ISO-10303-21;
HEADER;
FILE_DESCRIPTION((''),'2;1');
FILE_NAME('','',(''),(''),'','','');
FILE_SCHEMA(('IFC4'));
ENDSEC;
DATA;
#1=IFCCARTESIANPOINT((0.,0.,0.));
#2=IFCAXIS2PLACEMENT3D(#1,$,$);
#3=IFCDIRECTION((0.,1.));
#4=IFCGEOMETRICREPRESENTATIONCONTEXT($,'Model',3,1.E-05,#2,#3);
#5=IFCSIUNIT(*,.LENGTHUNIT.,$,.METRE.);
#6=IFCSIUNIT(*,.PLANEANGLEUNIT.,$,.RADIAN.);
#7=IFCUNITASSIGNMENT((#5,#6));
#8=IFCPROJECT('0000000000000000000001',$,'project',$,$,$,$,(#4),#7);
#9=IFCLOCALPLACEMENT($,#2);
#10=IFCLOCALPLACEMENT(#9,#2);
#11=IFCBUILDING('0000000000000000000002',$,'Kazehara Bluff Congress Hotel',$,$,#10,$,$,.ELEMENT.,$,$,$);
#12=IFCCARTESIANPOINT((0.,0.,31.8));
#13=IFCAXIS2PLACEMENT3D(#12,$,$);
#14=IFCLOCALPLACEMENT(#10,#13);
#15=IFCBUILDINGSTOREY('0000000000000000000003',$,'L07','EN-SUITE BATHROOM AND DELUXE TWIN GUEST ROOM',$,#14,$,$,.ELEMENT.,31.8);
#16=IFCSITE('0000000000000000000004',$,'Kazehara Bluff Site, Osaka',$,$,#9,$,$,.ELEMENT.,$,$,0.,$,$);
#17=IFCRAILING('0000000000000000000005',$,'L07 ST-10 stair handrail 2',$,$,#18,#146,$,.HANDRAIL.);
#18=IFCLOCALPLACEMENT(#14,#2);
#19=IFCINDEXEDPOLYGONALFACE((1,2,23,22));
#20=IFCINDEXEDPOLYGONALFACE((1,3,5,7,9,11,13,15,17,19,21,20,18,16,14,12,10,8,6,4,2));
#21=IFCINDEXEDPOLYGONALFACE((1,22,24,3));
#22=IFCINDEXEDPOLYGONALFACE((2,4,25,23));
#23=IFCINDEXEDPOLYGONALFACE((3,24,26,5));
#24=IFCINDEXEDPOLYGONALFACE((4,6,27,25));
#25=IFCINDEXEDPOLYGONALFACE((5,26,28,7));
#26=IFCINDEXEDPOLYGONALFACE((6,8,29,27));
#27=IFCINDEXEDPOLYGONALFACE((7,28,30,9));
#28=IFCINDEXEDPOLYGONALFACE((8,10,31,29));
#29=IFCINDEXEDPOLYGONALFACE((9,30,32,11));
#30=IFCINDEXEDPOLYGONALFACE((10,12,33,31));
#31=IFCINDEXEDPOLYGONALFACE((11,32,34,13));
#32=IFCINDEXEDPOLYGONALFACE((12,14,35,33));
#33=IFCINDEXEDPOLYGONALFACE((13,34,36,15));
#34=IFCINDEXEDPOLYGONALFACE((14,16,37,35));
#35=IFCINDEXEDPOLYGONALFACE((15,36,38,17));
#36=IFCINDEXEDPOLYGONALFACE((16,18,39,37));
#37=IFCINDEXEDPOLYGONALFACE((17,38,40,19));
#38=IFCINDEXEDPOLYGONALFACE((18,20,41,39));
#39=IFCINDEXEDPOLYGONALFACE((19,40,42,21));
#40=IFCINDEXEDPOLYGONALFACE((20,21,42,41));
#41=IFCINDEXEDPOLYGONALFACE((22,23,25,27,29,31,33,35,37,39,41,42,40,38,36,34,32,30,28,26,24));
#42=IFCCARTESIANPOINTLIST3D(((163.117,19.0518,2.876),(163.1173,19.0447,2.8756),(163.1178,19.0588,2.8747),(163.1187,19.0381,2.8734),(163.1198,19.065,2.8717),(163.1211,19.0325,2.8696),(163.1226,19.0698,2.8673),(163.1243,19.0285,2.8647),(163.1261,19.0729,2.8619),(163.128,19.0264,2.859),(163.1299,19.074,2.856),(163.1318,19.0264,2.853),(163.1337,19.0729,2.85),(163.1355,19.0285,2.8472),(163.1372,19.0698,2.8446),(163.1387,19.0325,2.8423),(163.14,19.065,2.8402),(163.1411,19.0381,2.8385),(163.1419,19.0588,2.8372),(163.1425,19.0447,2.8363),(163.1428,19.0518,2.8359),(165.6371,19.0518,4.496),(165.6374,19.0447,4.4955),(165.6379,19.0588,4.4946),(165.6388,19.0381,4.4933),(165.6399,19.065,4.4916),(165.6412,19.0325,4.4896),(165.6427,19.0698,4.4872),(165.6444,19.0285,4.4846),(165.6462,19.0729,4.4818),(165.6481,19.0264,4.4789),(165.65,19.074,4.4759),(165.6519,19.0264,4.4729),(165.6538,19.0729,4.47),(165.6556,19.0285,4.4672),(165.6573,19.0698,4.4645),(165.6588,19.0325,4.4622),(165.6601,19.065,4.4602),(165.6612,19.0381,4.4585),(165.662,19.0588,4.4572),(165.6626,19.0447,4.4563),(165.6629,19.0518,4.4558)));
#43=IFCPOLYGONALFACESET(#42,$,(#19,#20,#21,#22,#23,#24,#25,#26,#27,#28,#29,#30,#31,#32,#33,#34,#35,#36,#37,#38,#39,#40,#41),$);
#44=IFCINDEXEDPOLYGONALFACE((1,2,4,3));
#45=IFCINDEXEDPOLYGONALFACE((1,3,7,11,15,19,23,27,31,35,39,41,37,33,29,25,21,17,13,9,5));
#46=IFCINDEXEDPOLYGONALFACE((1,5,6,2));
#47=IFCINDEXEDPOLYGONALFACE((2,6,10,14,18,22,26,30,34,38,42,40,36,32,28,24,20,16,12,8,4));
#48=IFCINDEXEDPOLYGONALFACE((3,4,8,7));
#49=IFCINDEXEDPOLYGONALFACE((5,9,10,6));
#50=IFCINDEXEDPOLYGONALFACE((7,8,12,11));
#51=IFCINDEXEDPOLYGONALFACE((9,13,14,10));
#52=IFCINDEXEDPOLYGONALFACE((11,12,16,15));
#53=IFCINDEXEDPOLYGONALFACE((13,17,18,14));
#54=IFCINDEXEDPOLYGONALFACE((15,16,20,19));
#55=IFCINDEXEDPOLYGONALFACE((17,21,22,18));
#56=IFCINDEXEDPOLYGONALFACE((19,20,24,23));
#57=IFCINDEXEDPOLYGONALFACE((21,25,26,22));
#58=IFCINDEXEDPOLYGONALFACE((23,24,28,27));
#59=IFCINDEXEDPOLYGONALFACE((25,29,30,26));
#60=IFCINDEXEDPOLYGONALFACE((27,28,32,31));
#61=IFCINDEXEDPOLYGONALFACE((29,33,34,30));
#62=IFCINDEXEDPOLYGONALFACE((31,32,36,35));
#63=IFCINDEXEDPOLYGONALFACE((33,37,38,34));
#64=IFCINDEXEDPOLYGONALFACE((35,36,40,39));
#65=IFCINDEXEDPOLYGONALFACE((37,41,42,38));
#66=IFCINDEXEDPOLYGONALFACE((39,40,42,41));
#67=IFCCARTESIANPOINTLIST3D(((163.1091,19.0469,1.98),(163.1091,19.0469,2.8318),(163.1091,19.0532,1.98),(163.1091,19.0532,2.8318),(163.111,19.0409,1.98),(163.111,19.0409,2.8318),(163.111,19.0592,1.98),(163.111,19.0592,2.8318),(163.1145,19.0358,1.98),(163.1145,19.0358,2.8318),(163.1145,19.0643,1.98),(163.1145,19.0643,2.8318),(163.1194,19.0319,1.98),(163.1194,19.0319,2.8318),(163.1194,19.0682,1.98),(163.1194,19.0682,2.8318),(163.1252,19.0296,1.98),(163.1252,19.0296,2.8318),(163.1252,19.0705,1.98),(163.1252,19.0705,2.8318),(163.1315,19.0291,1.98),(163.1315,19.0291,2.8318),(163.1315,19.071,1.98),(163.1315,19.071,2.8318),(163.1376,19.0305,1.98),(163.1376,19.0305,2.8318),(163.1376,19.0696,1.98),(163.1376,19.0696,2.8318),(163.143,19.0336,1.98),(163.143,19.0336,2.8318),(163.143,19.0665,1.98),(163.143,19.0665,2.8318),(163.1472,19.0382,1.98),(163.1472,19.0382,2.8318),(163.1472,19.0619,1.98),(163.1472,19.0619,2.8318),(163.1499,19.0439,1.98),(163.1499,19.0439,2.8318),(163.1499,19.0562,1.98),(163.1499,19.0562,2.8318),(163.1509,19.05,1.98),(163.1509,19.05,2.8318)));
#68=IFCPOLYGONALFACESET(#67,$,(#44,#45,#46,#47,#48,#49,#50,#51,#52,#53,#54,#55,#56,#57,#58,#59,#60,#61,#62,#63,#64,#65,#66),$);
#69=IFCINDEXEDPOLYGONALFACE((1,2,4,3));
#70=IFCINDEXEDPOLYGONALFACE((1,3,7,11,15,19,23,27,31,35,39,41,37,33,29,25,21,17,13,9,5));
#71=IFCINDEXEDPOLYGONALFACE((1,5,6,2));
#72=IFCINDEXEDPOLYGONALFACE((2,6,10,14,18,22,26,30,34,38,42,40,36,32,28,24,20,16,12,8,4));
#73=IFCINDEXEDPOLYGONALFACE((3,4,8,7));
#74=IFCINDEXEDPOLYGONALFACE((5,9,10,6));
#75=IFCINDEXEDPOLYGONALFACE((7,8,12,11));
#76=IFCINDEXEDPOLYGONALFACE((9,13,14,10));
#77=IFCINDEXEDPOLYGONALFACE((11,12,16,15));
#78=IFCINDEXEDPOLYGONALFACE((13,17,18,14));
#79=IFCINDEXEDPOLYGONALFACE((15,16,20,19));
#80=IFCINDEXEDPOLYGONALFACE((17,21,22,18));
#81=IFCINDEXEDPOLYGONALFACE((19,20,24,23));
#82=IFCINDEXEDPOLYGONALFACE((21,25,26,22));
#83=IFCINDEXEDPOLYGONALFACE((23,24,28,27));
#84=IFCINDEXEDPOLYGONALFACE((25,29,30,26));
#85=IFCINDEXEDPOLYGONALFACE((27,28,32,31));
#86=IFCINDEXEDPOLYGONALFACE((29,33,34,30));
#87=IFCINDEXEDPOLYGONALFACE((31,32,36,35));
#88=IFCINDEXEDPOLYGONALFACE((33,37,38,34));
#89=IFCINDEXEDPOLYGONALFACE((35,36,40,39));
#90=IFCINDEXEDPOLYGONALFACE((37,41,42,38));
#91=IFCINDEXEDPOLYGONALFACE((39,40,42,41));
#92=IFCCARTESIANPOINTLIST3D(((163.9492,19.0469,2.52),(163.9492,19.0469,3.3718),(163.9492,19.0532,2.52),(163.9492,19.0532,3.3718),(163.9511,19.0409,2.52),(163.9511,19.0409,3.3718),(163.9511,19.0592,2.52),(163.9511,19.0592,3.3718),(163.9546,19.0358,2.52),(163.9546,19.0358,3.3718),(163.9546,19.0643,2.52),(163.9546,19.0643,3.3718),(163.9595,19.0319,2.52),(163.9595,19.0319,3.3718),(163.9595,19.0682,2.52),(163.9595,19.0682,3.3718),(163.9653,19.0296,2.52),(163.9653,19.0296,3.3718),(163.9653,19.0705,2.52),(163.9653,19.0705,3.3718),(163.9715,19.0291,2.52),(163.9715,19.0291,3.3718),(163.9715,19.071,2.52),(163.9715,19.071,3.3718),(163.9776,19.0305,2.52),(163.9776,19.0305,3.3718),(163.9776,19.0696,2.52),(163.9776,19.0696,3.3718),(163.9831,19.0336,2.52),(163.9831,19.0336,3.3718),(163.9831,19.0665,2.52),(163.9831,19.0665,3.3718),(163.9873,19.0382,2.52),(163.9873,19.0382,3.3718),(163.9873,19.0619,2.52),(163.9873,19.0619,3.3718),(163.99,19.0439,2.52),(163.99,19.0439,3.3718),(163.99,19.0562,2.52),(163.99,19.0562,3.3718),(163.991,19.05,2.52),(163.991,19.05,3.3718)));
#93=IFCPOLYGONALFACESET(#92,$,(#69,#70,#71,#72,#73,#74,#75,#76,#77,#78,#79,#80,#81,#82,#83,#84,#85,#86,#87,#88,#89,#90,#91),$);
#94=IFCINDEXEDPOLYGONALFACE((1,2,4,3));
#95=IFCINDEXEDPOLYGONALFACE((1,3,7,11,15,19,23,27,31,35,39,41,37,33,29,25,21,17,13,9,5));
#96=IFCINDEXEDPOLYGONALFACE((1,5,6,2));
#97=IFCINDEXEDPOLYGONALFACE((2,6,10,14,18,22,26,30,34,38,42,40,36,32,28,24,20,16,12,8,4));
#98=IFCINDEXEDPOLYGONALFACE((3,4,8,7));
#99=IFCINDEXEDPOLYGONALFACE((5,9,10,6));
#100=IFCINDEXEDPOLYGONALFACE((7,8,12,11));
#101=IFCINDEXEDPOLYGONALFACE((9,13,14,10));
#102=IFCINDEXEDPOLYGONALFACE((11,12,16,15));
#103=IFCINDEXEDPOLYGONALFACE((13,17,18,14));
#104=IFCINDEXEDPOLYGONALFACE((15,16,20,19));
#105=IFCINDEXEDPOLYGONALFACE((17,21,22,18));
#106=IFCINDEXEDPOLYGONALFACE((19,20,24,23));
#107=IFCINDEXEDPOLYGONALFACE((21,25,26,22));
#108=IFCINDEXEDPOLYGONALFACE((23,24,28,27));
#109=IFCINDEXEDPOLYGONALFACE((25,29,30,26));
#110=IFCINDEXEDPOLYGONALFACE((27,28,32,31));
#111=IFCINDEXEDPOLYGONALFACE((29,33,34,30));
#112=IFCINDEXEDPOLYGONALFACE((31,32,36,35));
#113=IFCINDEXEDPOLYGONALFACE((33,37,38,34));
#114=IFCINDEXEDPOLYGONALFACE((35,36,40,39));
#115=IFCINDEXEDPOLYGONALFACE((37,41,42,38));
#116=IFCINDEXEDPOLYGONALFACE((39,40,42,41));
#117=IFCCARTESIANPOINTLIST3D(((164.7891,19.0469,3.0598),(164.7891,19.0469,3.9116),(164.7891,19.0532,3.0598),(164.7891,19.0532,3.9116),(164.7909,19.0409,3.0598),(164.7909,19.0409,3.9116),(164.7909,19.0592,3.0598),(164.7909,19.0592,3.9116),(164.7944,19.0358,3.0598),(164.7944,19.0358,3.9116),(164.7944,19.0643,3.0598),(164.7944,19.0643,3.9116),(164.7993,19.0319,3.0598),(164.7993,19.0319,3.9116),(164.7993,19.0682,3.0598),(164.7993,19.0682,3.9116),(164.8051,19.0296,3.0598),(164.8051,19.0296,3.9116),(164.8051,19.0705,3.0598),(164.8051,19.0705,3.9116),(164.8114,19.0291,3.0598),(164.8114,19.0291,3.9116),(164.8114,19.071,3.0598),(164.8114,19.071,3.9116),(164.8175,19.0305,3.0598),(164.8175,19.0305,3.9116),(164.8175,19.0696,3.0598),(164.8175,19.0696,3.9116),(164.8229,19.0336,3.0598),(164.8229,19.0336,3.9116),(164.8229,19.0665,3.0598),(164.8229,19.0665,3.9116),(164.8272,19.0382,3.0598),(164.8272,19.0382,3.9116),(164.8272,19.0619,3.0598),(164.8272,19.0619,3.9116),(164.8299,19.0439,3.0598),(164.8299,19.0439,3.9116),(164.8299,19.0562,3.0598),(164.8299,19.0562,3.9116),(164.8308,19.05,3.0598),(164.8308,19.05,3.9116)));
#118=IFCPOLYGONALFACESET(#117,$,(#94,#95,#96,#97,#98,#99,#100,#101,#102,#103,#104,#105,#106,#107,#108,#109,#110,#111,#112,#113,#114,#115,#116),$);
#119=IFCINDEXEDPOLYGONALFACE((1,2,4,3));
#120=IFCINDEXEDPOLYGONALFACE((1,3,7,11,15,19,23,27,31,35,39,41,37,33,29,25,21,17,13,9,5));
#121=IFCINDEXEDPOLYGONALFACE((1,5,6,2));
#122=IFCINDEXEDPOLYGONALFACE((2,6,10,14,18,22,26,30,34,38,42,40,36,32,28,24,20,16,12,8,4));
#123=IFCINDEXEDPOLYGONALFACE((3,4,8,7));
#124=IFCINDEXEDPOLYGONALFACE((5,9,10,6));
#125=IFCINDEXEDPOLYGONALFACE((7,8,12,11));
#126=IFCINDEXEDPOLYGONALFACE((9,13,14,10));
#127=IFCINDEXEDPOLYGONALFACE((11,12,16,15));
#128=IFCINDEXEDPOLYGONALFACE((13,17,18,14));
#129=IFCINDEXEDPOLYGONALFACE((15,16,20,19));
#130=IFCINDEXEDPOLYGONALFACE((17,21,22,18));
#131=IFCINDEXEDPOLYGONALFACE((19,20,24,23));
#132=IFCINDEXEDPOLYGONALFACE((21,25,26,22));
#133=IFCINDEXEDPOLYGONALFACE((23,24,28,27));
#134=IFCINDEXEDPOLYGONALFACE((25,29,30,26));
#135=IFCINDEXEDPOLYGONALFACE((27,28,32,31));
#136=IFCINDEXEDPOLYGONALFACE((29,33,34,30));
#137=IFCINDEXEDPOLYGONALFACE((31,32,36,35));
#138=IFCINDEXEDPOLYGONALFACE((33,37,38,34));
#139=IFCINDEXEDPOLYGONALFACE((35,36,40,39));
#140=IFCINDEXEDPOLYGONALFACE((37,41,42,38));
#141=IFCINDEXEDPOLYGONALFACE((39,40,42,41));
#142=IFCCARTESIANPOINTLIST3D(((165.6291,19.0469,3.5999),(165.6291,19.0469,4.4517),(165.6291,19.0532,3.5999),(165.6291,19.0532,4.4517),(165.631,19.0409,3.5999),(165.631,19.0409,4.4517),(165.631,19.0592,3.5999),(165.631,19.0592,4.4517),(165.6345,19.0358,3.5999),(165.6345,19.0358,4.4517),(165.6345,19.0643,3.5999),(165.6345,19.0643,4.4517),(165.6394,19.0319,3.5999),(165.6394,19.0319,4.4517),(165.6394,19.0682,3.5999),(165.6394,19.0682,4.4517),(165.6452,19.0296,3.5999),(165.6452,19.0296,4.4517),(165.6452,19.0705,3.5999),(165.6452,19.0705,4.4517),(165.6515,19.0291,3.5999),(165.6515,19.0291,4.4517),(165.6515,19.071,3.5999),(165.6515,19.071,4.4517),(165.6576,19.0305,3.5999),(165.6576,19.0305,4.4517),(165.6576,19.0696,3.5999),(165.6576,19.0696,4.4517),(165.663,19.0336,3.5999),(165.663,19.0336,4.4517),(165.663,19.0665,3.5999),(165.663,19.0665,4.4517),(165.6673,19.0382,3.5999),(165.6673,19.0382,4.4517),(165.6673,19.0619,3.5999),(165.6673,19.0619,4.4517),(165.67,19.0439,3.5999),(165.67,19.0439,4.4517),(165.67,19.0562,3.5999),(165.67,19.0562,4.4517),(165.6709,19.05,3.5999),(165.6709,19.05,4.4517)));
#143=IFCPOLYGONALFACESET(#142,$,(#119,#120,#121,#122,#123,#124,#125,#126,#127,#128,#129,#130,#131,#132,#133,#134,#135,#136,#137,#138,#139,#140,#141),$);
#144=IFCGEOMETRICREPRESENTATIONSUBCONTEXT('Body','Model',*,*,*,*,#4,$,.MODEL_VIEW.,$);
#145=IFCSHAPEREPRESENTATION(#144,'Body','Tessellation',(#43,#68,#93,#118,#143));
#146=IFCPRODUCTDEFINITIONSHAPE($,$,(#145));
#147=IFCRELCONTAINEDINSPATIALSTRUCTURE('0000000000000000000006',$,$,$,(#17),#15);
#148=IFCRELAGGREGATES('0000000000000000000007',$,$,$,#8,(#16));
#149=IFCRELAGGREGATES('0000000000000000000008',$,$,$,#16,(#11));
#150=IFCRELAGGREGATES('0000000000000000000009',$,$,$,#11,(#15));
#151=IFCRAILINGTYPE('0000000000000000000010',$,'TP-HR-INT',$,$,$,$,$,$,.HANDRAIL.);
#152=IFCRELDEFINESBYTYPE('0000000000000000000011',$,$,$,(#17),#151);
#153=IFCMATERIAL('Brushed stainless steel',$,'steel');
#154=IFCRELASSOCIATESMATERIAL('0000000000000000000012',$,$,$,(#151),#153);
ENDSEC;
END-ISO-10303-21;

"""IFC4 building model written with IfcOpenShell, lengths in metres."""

from ifc_helpers import new_model, si_unit, direction, frame, origin, origin_2d, place, context, subcontext, project, spatial, circle, extrude, material, type_object, element, save


model = new_model("IFC4")

# Units and contexts
model_context = context("Model", 3, precision=1e-05, world=origin(), true_north=direction((0.0, 1.0)))
body_context = subcontext(model_context, "Body", "Model", "MODEL_VIEW")
ifc_project = project(units=[si_unit("LENGTHUNIT", "METRE"), si_unit("PLANEANGLEUNIT", "RADIAN")], contexts=[model_context])

# Site, building, storey
site_placement = place(None, origin())
site = spatial("IfcSite", under=ifc_project, at=site_placement, Name="Kazehara Bluff Site, Osaka", CompositionType="ELEMENT", RefElevation=0.0)
building_placement = place(site_placement, origin())
building = spatial("IfcBuilding", under=site, at=building_placement, Name="Kazehara Bluff Congress Hotel", CompositionType="ELEMENT")
storey_placement = place(building_placement, frame((0.0, 0.0, 31.8)))
storey = spatial("IfcBuildingStorey", under=building, at=storey_placement, Name="L07", Description="EN-SUITE BATHROOM AND DELUXE TWIN GUEST ROOM", CompositionType="ELEMENT", Elevation=31.8)

# Railing
ifc_material_1 = material(Name="Brushed stainless steel", Category="steel")
railing_type_1 = type_object("IfcRailingType", Name="TP-HR-INT", PredefinedType="HANDRAIL", material=ifc_material_1)
railing_1_placement = place(storey_placement, frame((163.1299, 19.05, 1.98)))
element("IfcRailing", 1, at=railing_1_placement, inside=storey, type_object=railing_type_1, Name="L07 ST-10 stair handrail 2", PredefinedType="HANDRAIL", context=body_context, shape_type="SweptSolid", body=[
    extrude(circle(Radius=0.0239, at=origin_2d()), frame((0.0, 0.0, 0.876), z_axis=(0.8412, 0.0, 0.540725), x_axis=(0.0, 1.0, 0.0)), (0.0, 0.0, 1.0), 2.9958),
    extrude(circle(Radius=0.021, at=origin_2d()), origin(), (0.0, 0.0, 1.0), 0.8518),
    extrude(circle(Radius=0.021, at=origin_2d()), frame((0.8401, 0.0, 0.54)), (0.0, 0.0, 1.0), 0.8518),
    extrude(circle(Radius=0.021, at=origin_2d()), frame((1.6799, 0.0, 1.0798)), (0.0, 0.0, 1.0), 0.8518),
    extrude(circle(Radius=0.021, at=origin_2d()), frame((2.52, 0.0, 1.6199)), (0.0, 0.0, 1.0), 0.8518),
])

save(model, "model.ifc")
